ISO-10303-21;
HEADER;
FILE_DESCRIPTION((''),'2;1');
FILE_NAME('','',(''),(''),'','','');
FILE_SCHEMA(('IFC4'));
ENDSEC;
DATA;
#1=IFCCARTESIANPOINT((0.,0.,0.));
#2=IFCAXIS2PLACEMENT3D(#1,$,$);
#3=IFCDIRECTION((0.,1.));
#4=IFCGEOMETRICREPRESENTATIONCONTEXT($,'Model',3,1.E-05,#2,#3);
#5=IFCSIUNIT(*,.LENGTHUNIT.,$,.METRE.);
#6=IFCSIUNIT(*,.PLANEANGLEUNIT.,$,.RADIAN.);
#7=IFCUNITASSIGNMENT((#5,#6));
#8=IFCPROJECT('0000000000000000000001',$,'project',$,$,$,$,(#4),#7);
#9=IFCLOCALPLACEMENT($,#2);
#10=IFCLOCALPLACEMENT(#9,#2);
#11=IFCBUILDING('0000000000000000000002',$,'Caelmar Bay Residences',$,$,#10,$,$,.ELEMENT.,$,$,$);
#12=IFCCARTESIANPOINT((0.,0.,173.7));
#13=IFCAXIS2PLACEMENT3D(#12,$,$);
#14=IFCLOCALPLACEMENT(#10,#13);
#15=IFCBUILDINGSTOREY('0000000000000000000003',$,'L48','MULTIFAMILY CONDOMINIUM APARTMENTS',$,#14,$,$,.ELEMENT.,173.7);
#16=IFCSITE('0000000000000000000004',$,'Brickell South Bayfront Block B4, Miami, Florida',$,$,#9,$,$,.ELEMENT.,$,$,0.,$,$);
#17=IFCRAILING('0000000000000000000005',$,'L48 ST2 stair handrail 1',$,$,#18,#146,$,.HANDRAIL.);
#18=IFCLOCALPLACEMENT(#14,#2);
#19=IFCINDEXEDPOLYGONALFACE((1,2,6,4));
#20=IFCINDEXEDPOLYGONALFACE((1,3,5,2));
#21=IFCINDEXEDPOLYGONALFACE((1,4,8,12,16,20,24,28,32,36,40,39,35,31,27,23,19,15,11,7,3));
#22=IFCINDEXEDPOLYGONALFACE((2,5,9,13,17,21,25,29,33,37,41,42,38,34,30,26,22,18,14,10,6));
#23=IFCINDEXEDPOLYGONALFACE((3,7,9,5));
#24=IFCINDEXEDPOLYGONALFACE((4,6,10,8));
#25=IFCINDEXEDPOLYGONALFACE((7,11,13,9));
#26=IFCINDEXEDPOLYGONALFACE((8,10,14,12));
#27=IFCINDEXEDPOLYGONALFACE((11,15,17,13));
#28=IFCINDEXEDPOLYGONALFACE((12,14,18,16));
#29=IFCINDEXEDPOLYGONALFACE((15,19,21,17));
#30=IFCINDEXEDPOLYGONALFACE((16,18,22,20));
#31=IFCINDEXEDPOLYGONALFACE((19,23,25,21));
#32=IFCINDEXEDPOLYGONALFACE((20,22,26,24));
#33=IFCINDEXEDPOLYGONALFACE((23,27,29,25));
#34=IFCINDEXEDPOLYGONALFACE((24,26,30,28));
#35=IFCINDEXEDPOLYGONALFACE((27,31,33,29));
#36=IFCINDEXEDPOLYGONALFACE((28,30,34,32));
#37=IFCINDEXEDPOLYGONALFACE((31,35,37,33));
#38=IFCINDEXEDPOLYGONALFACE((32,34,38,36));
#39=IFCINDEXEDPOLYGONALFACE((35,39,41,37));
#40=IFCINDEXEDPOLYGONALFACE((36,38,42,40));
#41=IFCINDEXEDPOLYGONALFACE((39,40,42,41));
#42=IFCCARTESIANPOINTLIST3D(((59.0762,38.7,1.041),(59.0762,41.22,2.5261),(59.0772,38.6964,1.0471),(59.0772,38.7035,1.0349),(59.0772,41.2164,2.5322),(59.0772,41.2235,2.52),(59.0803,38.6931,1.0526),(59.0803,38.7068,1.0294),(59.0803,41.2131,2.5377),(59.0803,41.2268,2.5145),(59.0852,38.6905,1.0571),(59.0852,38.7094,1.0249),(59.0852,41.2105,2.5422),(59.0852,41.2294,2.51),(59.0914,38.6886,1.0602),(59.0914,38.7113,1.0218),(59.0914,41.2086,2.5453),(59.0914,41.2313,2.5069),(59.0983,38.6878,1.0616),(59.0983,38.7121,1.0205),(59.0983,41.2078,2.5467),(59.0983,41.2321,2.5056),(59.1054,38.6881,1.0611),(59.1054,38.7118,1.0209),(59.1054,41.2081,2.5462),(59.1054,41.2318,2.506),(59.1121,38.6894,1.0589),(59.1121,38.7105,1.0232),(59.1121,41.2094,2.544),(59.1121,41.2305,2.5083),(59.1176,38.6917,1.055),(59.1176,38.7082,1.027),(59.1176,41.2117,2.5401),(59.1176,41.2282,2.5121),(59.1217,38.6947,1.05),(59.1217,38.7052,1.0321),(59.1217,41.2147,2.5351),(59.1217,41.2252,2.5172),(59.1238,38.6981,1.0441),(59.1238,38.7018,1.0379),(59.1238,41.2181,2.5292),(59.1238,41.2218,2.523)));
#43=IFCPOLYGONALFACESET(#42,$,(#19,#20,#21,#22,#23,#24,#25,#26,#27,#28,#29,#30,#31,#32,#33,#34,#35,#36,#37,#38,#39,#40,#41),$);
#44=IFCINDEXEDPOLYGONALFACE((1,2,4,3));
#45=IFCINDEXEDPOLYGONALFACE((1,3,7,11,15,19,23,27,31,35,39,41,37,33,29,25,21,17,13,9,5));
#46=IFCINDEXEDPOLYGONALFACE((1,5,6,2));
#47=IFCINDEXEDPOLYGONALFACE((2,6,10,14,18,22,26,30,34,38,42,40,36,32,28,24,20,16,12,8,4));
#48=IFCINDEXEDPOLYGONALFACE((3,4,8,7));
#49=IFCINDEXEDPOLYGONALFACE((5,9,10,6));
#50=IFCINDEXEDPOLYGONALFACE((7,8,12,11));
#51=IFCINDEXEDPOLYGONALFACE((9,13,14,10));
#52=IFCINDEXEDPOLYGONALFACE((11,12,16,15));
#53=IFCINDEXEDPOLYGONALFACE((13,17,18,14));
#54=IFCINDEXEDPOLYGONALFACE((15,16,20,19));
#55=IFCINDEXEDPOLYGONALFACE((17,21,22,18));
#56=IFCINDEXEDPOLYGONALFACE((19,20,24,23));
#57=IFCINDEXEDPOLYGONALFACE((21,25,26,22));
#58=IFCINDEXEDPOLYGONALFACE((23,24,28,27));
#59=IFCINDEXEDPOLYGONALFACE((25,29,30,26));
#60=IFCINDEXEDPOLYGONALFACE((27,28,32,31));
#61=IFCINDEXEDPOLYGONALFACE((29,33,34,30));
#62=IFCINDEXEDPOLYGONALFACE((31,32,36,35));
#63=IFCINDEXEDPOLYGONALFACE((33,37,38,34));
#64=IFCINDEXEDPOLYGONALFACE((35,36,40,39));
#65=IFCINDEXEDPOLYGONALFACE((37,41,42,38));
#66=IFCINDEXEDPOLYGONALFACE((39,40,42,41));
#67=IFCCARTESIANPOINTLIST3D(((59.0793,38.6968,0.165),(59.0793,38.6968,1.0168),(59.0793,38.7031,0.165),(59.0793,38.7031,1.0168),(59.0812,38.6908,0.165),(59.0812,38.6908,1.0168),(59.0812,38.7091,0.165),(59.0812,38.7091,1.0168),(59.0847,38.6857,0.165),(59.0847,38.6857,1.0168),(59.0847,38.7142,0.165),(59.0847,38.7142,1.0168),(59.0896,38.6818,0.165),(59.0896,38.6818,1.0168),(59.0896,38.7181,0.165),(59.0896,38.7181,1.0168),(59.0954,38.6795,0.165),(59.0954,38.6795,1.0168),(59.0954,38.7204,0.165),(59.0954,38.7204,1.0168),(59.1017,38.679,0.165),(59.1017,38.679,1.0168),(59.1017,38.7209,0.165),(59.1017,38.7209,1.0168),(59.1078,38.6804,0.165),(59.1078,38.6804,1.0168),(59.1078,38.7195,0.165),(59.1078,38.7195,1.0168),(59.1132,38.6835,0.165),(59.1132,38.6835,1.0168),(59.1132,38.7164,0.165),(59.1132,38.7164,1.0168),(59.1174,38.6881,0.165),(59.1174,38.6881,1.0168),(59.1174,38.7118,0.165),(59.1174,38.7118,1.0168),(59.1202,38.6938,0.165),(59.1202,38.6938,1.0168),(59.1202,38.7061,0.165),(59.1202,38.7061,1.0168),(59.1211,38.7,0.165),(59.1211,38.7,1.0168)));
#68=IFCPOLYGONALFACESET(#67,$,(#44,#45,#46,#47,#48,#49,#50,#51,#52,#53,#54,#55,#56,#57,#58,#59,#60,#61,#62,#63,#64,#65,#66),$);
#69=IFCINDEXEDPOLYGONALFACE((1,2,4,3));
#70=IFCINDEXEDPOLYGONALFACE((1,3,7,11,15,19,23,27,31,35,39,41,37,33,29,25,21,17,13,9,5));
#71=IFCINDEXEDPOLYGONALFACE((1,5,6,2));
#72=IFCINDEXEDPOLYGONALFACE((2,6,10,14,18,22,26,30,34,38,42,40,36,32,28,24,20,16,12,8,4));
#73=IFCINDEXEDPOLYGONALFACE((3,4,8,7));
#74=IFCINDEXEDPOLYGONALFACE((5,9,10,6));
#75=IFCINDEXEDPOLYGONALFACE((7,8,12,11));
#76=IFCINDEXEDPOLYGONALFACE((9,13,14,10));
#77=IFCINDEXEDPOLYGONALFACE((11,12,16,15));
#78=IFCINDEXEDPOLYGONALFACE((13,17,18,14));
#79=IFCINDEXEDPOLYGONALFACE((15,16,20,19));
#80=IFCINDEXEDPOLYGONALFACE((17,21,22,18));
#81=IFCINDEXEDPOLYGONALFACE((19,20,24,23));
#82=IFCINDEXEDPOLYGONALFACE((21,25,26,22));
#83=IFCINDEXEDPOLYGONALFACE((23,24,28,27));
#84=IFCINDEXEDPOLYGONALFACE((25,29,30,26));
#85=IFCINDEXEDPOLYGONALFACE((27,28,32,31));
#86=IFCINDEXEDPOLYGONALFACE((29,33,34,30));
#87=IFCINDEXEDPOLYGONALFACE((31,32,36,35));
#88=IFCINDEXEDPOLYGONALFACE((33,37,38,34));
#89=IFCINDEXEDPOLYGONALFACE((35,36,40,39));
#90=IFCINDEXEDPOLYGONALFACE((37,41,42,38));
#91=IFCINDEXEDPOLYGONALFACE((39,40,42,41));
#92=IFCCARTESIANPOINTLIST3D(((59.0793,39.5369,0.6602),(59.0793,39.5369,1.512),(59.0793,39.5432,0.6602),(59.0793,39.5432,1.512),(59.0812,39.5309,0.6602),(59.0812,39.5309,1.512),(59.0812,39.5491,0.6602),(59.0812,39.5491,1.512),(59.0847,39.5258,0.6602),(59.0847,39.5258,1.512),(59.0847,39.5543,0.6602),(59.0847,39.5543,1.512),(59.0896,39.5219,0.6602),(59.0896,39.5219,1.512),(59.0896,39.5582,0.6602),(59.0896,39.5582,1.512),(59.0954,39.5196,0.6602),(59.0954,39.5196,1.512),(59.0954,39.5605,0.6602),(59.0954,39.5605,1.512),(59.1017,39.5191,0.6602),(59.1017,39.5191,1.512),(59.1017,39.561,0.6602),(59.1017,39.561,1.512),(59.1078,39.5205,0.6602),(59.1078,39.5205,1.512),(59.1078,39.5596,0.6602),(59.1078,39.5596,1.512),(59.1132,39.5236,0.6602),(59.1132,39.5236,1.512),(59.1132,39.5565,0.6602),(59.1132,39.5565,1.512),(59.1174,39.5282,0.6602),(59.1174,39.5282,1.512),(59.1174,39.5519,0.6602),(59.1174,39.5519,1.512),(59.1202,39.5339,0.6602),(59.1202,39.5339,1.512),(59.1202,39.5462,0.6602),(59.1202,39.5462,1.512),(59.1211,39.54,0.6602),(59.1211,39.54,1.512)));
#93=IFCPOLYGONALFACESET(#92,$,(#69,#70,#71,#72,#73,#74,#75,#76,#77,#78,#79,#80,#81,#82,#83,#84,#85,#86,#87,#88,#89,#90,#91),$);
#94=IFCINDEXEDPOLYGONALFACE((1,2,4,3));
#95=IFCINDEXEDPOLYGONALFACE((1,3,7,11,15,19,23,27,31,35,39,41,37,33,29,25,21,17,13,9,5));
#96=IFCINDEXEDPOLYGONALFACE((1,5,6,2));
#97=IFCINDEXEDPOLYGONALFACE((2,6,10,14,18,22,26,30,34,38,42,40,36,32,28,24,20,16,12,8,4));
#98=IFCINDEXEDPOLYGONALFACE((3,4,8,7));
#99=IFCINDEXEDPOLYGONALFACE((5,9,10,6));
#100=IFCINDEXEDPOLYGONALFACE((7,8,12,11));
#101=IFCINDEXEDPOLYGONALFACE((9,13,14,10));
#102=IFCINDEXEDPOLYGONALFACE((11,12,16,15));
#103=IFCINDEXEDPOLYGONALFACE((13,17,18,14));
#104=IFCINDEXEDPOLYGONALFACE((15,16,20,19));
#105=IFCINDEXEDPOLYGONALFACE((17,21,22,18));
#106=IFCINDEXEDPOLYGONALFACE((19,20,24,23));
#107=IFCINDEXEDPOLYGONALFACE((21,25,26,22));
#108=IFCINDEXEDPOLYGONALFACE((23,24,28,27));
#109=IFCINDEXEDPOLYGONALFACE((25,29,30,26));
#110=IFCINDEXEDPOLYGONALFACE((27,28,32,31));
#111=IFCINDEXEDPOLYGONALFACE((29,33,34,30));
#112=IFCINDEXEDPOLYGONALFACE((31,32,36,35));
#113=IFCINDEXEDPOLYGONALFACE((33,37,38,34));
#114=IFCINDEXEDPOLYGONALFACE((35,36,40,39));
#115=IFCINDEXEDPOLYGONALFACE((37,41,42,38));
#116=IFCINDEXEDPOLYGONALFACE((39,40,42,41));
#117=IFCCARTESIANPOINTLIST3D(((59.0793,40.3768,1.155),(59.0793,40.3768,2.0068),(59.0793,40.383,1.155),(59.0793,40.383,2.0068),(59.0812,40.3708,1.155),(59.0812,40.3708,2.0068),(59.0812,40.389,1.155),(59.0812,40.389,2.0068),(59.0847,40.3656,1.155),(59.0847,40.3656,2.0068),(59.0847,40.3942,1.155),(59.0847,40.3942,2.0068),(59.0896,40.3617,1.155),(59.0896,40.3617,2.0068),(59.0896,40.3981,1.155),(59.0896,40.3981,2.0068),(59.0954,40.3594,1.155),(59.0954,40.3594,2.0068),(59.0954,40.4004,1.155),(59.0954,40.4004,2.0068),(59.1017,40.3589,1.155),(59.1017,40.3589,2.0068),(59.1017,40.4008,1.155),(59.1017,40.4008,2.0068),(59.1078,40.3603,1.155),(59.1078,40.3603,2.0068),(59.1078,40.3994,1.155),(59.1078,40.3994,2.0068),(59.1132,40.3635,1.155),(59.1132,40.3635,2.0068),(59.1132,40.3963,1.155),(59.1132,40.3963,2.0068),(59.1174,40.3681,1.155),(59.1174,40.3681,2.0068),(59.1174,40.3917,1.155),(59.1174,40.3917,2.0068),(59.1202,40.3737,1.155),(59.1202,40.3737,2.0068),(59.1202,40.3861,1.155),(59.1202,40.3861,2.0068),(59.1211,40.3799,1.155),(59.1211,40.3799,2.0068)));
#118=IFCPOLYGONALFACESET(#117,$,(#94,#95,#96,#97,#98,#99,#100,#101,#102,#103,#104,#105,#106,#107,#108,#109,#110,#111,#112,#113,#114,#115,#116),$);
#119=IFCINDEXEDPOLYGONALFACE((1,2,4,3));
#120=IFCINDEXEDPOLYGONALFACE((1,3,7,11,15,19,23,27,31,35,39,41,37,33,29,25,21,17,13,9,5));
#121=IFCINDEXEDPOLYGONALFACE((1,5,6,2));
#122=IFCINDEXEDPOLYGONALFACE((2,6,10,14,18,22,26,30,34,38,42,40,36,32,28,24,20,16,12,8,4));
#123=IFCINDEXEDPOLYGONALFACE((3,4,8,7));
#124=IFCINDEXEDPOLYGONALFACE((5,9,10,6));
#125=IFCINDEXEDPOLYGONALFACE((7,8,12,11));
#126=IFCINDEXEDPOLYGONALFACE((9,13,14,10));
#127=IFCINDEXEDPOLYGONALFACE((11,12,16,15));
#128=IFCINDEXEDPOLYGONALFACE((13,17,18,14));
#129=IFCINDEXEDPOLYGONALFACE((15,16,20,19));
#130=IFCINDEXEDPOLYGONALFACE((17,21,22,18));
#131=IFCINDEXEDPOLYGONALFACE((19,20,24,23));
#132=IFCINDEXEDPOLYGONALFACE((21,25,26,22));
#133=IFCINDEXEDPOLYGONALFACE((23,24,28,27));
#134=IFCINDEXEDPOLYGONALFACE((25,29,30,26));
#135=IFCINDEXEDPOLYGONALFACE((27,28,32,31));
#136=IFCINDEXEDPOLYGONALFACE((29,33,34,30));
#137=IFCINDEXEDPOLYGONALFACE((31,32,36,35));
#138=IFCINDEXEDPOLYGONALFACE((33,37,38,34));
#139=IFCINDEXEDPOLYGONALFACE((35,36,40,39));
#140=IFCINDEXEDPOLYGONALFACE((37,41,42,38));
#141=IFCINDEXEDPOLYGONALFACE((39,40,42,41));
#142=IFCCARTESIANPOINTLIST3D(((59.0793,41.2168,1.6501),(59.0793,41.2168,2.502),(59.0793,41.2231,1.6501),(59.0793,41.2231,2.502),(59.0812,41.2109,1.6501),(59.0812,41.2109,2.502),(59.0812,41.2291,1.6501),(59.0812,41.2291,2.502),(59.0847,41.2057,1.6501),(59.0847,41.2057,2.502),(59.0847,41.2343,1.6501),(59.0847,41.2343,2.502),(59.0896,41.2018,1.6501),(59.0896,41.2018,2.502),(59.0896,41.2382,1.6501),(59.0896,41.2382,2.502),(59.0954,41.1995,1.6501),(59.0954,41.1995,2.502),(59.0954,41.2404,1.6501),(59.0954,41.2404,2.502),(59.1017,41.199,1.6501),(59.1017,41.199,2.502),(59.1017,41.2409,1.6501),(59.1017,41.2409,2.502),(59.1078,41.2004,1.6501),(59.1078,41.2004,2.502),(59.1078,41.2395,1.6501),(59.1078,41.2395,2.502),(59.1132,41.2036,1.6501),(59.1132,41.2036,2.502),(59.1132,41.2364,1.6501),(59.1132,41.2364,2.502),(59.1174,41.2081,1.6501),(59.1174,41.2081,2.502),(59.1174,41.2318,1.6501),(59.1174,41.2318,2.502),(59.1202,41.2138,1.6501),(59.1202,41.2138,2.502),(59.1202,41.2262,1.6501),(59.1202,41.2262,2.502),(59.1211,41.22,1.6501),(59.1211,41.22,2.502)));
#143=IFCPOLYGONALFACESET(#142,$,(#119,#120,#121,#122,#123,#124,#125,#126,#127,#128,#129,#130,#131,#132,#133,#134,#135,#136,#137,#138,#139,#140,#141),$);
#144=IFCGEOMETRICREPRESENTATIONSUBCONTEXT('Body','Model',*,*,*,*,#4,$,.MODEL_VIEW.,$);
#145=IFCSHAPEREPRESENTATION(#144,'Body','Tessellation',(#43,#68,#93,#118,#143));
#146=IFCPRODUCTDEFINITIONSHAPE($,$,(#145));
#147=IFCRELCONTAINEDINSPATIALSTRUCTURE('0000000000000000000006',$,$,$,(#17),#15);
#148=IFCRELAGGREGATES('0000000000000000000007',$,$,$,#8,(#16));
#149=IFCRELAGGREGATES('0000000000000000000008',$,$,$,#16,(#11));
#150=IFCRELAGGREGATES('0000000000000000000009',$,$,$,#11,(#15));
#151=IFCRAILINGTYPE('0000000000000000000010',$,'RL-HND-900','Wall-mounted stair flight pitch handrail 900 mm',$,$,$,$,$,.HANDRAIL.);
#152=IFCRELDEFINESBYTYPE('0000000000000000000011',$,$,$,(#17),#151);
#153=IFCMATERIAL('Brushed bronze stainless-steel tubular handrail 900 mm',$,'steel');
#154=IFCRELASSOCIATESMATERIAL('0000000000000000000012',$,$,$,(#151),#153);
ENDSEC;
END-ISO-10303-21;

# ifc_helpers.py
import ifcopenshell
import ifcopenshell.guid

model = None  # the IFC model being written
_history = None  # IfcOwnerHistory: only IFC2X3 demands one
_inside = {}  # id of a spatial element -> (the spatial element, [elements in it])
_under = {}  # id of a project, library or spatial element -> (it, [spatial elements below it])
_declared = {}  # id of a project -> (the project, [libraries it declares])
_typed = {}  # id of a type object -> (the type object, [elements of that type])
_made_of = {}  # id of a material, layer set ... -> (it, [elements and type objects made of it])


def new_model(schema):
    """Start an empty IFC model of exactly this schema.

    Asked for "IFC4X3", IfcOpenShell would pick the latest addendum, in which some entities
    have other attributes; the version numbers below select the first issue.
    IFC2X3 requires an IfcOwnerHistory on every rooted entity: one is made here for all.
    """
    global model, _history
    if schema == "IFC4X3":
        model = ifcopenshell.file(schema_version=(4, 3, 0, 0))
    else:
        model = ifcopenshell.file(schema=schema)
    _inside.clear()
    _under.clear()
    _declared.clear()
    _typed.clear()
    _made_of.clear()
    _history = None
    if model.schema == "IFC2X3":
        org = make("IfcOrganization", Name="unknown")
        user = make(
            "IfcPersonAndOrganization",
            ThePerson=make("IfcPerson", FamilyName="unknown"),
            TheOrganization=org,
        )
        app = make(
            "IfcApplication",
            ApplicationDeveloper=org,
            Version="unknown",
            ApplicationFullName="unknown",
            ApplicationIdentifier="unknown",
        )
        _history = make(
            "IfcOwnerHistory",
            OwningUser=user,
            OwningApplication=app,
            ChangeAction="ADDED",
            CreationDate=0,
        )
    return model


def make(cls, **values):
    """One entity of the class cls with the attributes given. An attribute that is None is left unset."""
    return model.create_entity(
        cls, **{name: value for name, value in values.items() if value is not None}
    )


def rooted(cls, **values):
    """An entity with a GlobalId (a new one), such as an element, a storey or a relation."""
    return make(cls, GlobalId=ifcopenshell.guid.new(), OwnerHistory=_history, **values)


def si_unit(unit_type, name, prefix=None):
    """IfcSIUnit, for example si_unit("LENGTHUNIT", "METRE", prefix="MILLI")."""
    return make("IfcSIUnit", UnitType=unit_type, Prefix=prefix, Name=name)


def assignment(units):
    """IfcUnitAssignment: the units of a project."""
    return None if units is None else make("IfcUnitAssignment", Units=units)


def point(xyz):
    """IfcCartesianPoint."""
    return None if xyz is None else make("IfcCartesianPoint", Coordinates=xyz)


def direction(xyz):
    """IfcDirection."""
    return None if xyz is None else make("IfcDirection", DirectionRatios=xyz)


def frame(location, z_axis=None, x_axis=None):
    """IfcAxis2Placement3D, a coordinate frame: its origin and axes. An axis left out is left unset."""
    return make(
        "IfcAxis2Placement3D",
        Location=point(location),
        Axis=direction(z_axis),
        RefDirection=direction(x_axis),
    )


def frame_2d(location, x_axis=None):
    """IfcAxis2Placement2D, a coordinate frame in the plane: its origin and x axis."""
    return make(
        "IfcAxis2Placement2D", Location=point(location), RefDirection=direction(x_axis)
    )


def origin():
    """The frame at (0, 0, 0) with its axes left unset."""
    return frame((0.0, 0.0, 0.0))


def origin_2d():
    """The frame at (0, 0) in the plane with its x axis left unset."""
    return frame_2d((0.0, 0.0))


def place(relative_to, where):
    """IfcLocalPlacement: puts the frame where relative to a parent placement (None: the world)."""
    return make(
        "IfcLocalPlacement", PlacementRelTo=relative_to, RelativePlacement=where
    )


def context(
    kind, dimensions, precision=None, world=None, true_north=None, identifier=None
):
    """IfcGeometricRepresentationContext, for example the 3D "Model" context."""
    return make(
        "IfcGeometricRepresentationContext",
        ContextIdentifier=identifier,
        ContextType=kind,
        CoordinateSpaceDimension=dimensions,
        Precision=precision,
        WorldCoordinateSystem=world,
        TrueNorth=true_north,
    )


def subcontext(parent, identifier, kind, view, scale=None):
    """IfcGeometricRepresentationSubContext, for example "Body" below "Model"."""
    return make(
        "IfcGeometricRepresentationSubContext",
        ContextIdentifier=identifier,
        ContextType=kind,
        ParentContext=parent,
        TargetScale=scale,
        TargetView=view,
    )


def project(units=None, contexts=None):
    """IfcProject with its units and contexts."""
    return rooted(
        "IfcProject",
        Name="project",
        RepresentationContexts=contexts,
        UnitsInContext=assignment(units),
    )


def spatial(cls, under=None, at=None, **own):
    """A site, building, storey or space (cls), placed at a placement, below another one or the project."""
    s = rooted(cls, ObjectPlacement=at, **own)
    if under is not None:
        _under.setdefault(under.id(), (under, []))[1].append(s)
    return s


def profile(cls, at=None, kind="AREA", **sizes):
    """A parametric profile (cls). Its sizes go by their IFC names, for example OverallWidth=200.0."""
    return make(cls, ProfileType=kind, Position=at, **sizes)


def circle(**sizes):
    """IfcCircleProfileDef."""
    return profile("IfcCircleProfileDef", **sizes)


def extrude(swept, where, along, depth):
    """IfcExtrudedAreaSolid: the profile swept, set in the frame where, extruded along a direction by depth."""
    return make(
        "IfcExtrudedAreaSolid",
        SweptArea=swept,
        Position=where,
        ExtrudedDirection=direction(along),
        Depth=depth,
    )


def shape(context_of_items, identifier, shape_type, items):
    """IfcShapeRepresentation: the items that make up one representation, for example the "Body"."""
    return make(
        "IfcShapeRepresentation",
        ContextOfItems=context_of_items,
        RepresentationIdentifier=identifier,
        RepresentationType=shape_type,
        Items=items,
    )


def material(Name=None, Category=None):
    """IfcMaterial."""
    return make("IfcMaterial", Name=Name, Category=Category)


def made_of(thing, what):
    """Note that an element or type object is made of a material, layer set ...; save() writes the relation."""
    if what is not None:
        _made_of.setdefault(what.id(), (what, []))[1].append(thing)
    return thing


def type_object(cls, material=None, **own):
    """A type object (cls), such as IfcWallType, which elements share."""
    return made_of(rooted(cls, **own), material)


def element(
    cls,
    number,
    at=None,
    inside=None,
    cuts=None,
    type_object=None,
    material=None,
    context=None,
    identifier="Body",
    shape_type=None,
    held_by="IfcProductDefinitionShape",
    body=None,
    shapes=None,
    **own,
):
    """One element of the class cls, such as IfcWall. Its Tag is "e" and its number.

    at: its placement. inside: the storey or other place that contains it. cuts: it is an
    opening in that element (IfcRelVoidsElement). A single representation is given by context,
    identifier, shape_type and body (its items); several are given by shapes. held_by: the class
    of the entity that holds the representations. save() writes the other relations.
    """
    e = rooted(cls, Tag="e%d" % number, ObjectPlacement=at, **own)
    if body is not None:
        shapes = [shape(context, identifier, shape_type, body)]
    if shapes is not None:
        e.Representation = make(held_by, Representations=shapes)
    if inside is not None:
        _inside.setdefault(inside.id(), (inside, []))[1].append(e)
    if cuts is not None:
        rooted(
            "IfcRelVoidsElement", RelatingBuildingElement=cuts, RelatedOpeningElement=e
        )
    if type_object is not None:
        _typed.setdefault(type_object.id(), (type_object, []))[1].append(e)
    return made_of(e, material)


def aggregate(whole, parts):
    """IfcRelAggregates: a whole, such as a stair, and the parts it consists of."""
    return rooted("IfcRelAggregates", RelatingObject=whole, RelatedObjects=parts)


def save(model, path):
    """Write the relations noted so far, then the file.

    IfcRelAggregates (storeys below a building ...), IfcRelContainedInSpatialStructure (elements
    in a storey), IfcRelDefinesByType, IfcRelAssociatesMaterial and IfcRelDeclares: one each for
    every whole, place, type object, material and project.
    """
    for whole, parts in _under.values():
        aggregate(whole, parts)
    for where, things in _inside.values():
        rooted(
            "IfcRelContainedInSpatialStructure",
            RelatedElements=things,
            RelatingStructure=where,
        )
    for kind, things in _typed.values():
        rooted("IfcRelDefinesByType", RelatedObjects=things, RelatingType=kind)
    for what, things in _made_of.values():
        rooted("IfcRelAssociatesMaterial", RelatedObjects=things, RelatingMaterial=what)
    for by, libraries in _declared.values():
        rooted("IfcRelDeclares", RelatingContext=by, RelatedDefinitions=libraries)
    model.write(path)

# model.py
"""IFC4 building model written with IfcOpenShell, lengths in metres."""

from ifc_helpers import new_model, si_unit, direction, frame, origin, origin_2d, place, context, subcontext, project, spatial, circle, extrude, material, type_object, element, save


model = new_model("IFC4")

# Units and contexts
model_context = context("Model", 3, precision=1e-05, world=origin(), true_north=direction((0.0, 1.0)))
body_context = subcontext(model_context, "Body", "Model", "MODEL_VIEW")
ifc_project = project(units=[si_unit("LENGTHUNIT", "METRE"), si_unit("PLANEANGLEUNIT", "RADIAN")], contexts=[model_context])

# Site, building, storey
site_placement = place(None, origin())
site = spatial("IfcSite", under=ifc_project, at=site_placement, Name="Brickell South Bayfront Block B4, Miami, Florida", CompositionType="ELEMENT", RefElevation=0.0)
building_placement = place(site_placement, origin())
building = spatial("IfcBuilding", under=site, at=building_placement, Name="Caelmar Bay Residences", CompositionType="ELEMENT")
storey_placement = place(building_placement, frame((0.0, 0.0, 173.7)))
storey = spatial("IfcBuildingStorey", under=building, at=storey_placement, Name="L48", Description="MULTIFAMILY CONDOMINIUM APARTMENTS", CompositionType="ELEMENT", Elevation=173.7)

# Railing
ifc_material_1 = material(Name="Brushed bronze stainless-steel tubular handrail 900 mm", Category="steel")
railing_type_1 = type_object("IfcRailingType", Name="RL-HND-900", Description="Wall-mounted stair flight pitch handrail 900 mm", PredefinedType="HANDRAIL", material=ifc_material_1)
railing_1_placement = place(storey_placement, frame((59.1001, 38.7, 0.165)))
element("IfcRailing", 1, at=railing_1_placement, inside=storey, type_object=railing_type_1, Name="L48 ST2 stair handrail 1", PredefinedType="HANDRAIL", context=body_context, shape_type="SweptSolid", body=[
    extrude(circle(Radius=0.0239, at=origin_2d()), frame((0.0, 0.0, 0.876), z_axis=(0.0, 0.861524, 0.507717), x_axis=(-1.0, 0.0, 0.0)), (0.0, 0.0, 1.0), 2.925),
    extrude(circle(Radius=0.021, at=origin_2d()), origin(), (0.0, 0.0, 1.0), 0.8518),
    extrude(circle(Radius=0.021, at=origin_2d()), frame((0.0, 0.8401, 0.4951)), (0.0, 0.0, 1.0), 0.8518),
    extrude(circle(Radius=0.021, at=origin_2d()), frame((0.0, 1.6799, 0.99)), (0.0, 0.0, 1.0), 0.8518),
    extrude(circle(Radius=0.021, at=origin_2d()), frame((0.0, 2.52, 1.4851)), (0.0, 0.0, 1.0), 0.8518),
])

save(model, "model.ifc")
